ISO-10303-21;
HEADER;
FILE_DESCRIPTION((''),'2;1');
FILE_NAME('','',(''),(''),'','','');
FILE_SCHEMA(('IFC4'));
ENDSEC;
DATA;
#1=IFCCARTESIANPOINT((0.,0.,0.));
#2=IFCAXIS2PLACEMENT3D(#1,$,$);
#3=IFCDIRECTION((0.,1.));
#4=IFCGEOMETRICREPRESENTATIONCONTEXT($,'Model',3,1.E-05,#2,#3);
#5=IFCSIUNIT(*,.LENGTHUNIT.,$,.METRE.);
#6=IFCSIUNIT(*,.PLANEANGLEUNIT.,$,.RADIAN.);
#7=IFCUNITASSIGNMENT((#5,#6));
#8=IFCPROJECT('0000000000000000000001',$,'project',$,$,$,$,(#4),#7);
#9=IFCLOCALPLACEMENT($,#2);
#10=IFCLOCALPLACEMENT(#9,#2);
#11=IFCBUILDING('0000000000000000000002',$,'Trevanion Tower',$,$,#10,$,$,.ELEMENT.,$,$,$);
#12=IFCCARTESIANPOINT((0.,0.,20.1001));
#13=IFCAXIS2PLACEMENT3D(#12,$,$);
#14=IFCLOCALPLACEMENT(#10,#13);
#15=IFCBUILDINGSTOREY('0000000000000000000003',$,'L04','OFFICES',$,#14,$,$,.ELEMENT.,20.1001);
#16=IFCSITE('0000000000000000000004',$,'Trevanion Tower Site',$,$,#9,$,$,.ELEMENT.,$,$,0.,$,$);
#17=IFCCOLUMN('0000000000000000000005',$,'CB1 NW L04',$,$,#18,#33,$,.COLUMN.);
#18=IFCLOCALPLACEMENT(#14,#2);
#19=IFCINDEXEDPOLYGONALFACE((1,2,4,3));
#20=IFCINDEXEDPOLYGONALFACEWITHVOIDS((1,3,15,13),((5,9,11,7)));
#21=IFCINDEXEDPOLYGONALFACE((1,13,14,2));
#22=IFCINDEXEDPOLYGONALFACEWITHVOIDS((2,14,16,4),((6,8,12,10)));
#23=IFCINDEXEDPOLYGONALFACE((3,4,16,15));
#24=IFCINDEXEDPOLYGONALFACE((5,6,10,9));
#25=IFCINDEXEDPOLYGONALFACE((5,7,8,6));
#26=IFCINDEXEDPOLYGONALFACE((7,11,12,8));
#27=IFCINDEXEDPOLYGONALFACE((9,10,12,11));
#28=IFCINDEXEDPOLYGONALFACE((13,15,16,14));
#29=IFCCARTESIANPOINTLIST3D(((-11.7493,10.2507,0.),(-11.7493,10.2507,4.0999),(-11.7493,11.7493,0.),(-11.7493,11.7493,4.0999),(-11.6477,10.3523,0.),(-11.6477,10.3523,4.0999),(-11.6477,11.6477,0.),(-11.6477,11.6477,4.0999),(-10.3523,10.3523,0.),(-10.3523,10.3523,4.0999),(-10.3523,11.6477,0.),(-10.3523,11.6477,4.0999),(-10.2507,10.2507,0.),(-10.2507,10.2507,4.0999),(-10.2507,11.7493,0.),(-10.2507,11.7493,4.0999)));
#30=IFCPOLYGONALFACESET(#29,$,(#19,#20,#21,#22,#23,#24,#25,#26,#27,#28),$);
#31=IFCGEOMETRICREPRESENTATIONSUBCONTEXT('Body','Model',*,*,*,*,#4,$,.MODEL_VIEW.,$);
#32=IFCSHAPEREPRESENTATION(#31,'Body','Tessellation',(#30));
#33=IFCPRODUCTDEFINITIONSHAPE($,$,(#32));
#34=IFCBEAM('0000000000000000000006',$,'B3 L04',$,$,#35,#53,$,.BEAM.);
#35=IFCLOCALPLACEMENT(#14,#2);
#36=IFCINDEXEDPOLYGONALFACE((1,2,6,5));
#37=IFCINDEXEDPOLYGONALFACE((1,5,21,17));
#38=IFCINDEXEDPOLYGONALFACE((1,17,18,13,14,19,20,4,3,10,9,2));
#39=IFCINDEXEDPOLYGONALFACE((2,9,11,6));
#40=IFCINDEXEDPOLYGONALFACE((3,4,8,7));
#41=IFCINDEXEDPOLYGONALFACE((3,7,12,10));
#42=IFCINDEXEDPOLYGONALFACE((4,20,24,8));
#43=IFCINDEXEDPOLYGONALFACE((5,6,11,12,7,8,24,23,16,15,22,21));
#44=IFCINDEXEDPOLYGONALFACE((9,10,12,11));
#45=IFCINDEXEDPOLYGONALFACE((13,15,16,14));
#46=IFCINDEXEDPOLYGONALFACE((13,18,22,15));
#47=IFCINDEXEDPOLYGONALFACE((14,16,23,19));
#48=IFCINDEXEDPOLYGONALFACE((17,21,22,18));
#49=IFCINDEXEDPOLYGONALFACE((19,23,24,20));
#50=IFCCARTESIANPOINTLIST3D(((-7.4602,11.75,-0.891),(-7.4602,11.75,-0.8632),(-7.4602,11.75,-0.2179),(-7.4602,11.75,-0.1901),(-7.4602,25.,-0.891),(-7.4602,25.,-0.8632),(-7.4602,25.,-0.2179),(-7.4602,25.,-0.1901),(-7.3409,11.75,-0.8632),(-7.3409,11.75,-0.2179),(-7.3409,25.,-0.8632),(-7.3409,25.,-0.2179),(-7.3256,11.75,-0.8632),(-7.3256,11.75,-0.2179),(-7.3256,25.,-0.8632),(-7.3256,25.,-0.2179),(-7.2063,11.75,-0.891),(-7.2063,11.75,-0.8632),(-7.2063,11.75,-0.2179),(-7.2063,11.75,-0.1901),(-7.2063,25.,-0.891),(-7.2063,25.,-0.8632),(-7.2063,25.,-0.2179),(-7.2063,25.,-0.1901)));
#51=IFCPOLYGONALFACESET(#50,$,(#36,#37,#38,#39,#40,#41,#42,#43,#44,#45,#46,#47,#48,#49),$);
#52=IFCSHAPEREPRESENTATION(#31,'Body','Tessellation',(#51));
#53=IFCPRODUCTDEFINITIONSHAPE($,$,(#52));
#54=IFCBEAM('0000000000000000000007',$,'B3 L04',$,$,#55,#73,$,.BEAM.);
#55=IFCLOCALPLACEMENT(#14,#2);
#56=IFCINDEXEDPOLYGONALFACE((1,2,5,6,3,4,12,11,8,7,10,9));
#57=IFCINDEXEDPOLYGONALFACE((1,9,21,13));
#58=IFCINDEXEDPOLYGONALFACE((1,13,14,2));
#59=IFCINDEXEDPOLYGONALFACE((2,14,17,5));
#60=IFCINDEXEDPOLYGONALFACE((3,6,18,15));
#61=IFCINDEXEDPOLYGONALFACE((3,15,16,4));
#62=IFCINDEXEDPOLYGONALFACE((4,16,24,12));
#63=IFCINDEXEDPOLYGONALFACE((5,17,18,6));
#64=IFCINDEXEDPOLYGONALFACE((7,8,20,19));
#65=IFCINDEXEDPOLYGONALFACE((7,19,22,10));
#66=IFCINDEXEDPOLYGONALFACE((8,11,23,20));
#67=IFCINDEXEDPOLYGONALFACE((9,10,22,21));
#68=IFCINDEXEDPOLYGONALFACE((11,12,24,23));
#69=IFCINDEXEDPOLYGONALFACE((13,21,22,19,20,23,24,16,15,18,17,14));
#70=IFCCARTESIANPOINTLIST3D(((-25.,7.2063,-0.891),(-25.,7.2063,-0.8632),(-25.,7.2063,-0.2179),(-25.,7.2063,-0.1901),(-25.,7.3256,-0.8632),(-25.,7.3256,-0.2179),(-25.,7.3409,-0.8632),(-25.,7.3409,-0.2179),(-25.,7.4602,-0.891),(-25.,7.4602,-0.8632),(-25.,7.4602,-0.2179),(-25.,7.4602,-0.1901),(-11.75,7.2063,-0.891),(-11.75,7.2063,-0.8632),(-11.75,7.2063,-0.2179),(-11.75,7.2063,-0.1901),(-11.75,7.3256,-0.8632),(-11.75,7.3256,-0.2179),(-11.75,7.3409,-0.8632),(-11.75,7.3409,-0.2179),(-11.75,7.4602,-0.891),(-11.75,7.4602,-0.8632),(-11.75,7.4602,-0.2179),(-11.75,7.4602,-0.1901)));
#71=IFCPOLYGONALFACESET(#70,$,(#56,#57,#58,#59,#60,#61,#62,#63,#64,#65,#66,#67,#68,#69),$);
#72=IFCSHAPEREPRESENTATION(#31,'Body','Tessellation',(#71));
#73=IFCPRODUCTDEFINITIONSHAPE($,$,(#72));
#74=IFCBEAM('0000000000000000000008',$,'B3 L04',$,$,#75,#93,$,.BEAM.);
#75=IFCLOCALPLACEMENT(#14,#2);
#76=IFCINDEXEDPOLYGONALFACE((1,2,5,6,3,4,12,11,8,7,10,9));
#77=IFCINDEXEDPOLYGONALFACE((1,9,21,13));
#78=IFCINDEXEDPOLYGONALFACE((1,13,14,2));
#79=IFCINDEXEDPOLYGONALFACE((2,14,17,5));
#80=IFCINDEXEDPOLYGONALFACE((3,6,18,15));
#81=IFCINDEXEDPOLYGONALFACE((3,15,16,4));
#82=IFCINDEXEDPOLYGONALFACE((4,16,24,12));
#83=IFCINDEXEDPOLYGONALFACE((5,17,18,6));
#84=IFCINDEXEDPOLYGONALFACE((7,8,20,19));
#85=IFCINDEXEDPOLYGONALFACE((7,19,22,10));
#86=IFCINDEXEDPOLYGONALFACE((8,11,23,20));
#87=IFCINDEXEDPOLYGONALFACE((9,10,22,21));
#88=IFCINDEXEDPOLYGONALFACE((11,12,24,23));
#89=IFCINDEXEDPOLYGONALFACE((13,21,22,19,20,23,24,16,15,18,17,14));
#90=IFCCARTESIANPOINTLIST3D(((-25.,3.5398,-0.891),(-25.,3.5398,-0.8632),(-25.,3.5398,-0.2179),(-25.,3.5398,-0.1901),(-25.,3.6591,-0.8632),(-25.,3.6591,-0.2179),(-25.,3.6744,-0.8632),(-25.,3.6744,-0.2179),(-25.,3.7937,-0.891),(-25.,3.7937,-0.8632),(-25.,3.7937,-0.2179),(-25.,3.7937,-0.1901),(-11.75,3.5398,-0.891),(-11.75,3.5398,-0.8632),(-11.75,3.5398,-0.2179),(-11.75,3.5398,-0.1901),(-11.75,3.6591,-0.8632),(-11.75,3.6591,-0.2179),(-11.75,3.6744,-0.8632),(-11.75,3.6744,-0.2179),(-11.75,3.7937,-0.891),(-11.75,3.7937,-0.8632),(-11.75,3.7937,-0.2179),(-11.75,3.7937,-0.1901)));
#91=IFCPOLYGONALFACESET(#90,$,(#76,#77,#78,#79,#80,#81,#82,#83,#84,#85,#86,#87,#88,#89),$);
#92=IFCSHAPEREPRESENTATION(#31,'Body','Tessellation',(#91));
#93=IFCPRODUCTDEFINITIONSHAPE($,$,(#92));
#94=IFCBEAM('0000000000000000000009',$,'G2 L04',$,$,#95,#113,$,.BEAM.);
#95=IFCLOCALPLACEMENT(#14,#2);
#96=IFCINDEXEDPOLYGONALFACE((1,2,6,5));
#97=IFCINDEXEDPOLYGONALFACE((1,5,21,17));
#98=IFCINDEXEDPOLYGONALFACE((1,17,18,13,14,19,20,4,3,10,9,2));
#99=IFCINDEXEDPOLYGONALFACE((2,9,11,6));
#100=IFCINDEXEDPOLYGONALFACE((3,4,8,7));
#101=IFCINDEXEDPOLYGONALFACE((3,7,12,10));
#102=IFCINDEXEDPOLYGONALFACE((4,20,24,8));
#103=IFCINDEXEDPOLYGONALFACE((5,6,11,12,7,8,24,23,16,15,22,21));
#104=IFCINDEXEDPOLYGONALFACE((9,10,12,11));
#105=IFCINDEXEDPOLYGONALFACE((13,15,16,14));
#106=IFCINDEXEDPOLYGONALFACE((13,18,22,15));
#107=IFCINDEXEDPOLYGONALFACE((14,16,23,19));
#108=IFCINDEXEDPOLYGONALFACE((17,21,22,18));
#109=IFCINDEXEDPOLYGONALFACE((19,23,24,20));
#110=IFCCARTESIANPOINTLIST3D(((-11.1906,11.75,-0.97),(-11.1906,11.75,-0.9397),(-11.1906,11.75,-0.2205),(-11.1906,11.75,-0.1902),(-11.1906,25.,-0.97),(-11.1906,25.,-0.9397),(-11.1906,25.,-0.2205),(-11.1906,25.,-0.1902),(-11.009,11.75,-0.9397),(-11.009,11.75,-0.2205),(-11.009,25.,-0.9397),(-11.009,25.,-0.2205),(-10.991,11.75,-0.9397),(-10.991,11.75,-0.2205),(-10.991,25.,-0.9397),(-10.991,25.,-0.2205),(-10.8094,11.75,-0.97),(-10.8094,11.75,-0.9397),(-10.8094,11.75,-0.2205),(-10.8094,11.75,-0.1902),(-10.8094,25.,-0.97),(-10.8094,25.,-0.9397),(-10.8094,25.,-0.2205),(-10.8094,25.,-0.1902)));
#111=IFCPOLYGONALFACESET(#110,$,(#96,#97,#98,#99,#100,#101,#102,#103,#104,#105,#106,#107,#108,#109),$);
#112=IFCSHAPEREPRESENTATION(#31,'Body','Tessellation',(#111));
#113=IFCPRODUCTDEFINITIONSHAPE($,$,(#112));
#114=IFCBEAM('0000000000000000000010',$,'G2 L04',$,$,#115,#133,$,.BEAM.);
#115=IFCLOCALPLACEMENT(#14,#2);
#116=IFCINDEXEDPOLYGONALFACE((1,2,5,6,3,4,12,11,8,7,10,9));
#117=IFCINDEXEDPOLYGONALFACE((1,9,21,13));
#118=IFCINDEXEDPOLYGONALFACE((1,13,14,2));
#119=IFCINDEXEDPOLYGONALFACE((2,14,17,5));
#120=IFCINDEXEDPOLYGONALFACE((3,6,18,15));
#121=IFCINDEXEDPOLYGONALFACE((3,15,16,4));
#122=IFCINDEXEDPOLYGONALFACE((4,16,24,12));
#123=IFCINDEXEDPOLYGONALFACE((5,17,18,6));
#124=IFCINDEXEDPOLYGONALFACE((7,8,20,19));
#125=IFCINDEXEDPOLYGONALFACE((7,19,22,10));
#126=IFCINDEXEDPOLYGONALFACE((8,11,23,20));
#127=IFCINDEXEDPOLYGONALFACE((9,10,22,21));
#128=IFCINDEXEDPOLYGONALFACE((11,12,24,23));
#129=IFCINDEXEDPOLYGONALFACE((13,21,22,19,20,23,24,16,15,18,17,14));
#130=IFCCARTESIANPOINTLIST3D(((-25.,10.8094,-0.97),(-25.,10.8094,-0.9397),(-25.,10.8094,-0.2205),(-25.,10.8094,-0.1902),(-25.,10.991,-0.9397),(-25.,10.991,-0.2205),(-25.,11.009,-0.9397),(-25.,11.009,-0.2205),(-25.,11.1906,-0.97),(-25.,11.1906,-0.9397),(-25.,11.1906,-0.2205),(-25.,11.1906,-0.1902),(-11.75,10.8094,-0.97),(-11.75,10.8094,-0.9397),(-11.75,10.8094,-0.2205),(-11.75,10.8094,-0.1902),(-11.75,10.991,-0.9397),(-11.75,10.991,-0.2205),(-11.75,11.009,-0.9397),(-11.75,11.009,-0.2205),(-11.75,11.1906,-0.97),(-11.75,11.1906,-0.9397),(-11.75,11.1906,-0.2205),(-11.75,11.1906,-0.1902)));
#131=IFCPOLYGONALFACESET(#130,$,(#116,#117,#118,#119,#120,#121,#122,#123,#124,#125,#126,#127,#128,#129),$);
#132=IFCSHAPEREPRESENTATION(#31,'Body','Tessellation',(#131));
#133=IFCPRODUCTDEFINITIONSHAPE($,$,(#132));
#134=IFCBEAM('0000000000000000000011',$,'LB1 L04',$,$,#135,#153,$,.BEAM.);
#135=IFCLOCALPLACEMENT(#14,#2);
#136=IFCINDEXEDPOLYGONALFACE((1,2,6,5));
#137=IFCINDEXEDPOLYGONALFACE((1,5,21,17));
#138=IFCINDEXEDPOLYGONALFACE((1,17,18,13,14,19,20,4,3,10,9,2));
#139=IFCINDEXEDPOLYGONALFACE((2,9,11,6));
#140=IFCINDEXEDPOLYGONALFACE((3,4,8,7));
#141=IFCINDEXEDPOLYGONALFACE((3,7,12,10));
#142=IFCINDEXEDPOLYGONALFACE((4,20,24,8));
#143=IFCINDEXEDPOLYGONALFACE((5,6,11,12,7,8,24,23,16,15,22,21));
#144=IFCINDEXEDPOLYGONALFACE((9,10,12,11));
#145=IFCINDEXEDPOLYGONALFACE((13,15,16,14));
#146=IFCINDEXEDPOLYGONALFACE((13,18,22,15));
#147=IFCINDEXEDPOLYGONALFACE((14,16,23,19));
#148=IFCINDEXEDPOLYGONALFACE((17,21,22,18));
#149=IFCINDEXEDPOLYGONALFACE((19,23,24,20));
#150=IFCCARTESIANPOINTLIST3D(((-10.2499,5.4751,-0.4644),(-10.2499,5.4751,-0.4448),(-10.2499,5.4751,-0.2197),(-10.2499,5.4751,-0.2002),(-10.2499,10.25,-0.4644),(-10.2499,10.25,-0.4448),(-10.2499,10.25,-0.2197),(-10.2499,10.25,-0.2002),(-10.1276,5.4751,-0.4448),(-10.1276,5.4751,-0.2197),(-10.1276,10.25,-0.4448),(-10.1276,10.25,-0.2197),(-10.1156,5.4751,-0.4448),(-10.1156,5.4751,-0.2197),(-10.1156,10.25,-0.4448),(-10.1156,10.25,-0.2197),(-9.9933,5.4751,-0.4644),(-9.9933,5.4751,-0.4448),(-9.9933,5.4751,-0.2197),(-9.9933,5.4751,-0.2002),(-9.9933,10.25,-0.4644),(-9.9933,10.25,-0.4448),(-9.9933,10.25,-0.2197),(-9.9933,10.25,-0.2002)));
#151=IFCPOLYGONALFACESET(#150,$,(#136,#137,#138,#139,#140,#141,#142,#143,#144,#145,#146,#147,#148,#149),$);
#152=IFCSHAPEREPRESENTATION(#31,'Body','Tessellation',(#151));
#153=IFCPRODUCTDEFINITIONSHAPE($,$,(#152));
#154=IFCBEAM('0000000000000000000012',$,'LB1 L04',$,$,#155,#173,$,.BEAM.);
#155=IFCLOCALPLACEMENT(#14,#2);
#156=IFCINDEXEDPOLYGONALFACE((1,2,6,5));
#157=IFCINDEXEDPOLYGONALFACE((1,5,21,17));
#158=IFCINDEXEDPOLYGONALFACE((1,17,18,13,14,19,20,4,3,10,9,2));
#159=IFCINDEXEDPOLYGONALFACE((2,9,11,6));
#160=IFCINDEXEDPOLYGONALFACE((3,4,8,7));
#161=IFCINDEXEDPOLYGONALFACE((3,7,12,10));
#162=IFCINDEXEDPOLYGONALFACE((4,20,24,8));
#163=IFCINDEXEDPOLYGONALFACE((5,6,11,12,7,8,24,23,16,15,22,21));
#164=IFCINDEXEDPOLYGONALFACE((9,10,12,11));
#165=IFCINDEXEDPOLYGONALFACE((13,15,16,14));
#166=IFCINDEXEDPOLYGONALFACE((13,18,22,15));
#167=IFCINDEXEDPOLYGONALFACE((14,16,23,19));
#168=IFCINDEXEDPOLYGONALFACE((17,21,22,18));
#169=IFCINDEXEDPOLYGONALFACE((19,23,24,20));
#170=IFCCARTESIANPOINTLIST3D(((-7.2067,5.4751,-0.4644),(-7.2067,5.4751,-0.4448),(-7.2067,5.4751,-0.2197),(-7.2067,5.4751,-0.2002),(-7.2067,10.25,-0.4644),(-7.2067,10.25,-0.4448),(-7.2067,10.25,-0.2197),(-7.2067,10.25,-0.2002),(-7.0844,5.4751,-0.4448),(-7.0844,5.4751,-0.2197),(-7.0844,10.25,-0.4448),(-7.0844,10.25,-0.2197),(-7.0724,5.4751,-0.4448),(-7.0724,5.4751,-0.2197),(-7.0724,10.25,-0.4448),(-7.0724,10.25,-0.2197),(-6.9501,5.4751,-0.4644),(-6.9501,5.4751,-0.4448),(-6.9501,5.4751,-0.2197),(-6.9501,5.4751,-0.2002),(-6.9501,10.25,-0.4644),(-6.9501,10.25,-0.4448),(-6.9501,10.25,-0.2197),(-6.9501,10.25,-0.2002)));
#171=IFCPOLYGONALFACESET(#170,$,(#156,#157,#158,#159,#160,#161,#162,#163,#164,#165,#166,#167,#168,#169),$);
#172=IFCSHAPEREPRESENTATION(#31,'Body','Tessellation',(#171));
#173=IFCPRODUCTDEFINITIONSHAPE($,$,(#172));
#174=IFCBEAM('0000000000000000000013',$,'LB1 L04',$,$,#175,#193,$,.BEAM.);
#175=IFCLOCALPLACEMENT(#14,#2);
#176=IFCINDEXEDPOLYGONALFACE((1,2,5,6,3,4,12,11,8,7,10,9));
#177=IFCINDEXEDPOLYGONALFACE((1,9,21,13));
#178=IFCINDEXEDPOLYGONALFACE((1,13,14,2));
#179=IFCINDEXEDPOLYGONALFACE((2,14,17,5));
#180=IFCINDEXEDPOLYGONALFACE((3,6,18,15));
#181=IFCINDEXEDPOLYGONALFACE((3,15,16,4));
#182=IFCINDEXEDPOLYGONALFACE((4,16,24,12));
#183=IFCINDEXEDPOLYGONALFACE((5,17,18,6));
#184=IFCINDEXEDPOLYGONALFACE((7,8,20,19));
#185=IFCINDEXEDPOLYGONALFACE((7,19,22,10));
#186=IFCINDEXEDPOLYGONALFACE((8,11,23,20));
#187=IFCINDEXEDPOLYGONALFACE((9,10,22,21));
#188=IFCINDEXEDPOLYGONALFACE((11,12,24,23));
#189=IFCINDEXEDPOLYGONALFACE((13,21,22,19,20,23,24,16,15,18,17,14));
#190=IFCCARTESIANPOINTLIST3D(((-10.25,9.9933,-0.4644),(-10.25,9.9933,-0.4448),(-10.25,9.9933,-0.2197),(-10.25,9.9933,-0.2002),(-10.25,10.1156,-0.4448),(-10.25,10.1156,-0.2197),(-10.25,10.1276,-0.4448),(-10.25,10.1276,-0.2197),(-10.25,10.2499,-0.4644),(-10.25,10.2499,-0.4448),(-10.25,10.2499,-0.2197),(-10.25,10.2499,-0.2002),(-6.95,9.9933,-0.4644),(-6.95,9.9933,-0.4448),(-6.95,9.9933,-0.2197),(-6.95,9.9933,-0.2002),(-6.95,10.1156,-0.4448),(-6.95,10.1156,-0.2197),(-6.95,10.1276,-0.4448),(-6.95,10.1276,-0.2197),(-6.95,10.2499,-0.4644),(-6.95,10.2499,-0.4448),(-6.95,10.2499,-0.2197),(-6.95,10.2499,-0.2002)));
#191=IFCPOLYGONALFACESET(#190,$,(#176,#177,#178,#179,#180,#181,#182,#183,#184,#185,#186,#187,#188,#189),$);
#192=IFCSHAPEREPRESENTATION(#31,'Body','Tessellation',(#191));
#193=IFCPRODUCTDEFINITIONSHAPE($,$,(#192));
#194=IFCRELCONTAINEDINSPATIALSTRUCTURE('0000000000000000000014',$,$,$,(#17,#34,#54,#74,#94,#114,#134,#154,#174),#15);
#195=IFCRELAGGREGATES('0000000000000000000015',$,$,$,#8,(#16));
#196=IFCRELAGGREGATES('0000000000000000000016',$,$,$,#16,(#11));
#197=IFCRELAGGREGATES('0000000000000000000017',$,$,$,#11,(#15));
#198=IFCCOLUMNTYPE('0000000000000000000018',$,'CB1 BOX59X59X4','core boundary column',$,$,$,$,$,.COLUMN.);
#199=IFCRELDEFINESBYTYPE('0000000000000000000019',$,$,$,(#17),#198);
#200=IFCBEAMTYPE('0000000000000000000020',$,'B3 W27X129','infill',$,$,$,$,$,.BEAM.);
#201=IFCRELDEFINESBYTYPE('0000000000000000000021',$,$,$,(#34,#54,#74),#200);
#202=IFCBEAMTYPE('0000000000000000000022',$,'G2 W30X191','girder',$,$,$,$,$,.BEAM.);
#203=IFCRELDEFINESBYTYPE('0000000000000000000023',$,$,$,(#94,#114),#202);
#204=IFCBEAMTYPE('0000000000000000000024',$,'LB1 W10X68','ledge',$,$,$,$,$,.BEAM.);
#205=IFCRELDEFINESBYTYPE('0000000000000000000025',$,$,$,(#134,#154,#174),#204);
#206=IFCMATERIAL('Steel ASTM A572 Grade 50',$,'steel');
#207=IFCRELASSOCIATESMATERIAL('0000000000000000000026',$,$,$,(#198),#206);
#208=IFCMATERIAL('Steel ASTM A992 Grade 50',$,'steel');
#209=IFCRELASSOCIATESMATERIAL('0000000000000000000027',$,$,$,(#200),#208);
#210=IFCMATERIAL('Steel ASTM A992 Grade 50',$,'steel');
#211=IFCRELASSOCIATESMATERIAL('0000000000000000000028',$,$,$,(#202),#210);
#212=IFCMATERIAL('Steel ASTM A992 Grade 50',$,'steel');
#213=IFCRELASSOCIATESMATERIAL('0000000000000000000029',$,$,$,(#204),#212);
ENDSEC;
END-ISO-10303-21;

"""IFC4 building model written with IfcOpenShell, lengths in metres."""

from ifc_helpers import new_model, si_unit, direction, frame, origin, origin_2d, place, context, subcontext, project, spatial, hollow_rectangle, i_section, extrude, material, material_profile, profile_set, type_object, element, save


model = new_model("IFC4")

# Units and contexts
model_context = context("Model", 3, precision=1e-05, world=origin(), true_north=direction((0.0, 1.0)))
body_context = subcontext(model_context, "Body", "Model", "MODEL_VIEW")
ifc_project = project(units=[si_unit("LENGTHUNIT", "METRE"), si_unit("PLANEANGLEUNIT", "RADIAN")], contexts=[model_context])

# Site, building, storey
site_placement = place(None, origin())
site = spatial("IfcSite", under=ifc_project, at=site_placement, Name="Trevanion Tower Site", CompositionType="ELEMENT", RefElevation=0.0)
building_placement = place(site_placement, origin())
building = spatial("IfcBuilding", under=site, at=building_placement, Name="Trevanion Tower", CompositionType="ELEMENT")
storey_placement = place(building_placement, frame((0.0, 0.0, 20.1001)))
storey = spatial("IfcBuildingStorey", under=building, at=storey_placement, Name="L04", Description="OFFICES", CompositionType="ELEMENT", Elevation=20.1001)

# Column
ifc_material_1 = material(Name="Steel ASTM A572 Grade 50", Category="steel")
ifc_material_profile_1 = material_profile(ifc_material_1, hollow_rectangle(XDim=1.4985, YDim=1.4985, WallThickness=0.1016, at=origin_2d()), Name="BOX59X59X4")
ifc_profile_set_1 = profile_set([ifc_material_profile_1], Name="Steel ASTM A572 Grade 50")
column_type = type_object("IfcColumnType", Name="CB1 BOX59X59X4", Description="core boundary column", PredefinedType="COLUMN", material=ifc_profile_set_1)
column_placement = place(storey_placement, frame((-11.0, 11.0, 0.0), z_axis=(0.0, 0.0, 1.0), x_axis=(1.0, 0.0, 0.0)))
element("IfcColumn", 1, at=column_placement, inside=storey, type_object=column_type, Name="CB1 NW L04", PredefinedType="COLUMN", context=body_context, shape_type="SweptSolid", body=[
    extrude(hollow_rectangle(XDim=1.4985, YDim=1.4985, WallThickness=0.1016, at=origin_2d()), origin(), (0.0, 0.0, 1.0), 4.0999),
])

# Beams
ifc_material_2 = material(Name="Steel ASTM A992 Grade 50", Category="steel")
ifc_material_profile_2 = material_profile(ifc_material_2, i_section(OverallWidth=0.2539, OverallDepth=0.7009, WebThickness=0.0154, FlangeThickness=0.0278, at=origin_2d()), Name="W27X129")
ifc_profile_set_2 = profile_set([ifc_material_profile_2], Name="Steel ASTM A992 Grade 50")
beam_type_1 = type_object("IfcBeamType", Name="B3 W27X129", Description="infill", PredefinedType="BEAM", material=ifc_profile_set_2)
for number, where, z_axis, x_axis, name in (
    (2, (-7.3333, 11.75, -0.5405), (0.0, 1.0, 0.0), (-1.0, 0.0, 0.0), "B3 L04"),
    (3, (-11.75, 7.3333, -0.5405), (-1.0, 0.0, 0.0), (0.0, -1.0, 0.0), "B3 L04"),
    (4, (-11.75, 3.6667, -0.5405), (-1.0, 0.0, 0.0), (0.0, -1.0, 0.0), "B3 L04"),
):
    element("IfcBeam", number, at=place(storey_placement, frame(where, z_axis=z_axis, x_axis=x_axis)), inside=storey, type_object=beam_type_1, Name=name, PredefinedType="BEAM", context=body_context, shape_type="SweptSolid", body=[
        extrude(i_section(OverallWidth=0.2539, OverallDepth=0.7009, WebThickness=0.0154, FlangeThickness=0.0278, at=origin_2d()), origin(), (0.0, 0.0, 1.0), 13.25),
    ])
ifc_material_3 = material(Name="Steel ASTM A992 Grade 50", Category="steel")
ifc_material_profile_3 = material_profile(ifc_material_3, i_section(OverallWidth=0.3811, OverallDepth=0.7798, WebThickness=0.0181, FlangeThickness=0.0303, at=origin_2d()), Name="W30X191")
ifc_profile_set_3 = profile_set([ifc_material_profile_3], Name="Steel ASTM A992 Grade 50")
beam_type_2 = type_object("IfcBeamType", Name="G2 W30X191", Description="girder", PredefinedType="BEAM", material=ifc_profile_set_3)
for number, where, z_axis, x_axis, name in (
    (5, (-11.0, 11.75, -0.5801), (0.0, 1.0, 0.0), (-1.0, 0.0, 0.0), "G2 L04"),
    (6, (-11.75, 11.0, -0.5801), (-1.0, 0.0, 0.0), (0.0, -1.0, 0.0), "G2 L04"),
):
    element("IfcBeam", number, at=place(storey_placement, frame(where, z_axis=z_axis, x_axis=x_axis)), inside=storey, type_object=beam_type_2, Name=name, PredefinedType="BEAM", context=body_context, shape_type="SweptSolid", body=[
        extrude(i_section(OverallWidth=0.3811, OverallDepth=0.7798, WebThickness=0.0181, FlangeThickness=0.0303, at=origin_2d()), origin(), (0.0, 0.0, 1.0), 13.25),
    ])
ifc_material_4 = material(Name="Steel ASTM A992 Grade 50", Category="steel")
ifc_material_profile_4 = material_profile(ifc_material_4, i_section(OverallWidth=0.2566, OverallDepth=0.2642, WebThickness=0.012, FlangeThickness=0.0195, at=origin_2d()), Name="W10X68")
ifc_profile_set_4 = profile_set([ifc_material_profile_4], Name="Steel ASTM A992 Grade 50")
beam_type_3 = type_object("IfcBeamType", Name="LB1 W10X68", Description="ledge", PredefinedType="BEAM", material=ifc_profile_set_4)
for number, where, z_axis, x_axis, name in (
    (7, (-10.1216, 5.4751, -0.3323), (0.0, 1.0, 0.0), (-1.0, 0.0, 0.0), "LB1 L04"),
    (8, (-7.0784, 5.4751, -0.3323), (0.0, 1.0, 0.0), (-1.0, 0.0, 0.0), "LB1 L04"),
):
    element("IfcBeam", number, at=place(storey_placement, frame(where, z_axis=z_axis, x_axis=x_axis)), inside=storey, type_object=beam_type_3, Name=name, PredefinedType="BEAM", context=body_context, shape_type="SweptSolid", body=[
        extrude(i_section(OverallWidth=0.2566, OverallDepth=0.2642, WebThickness=0.012, FlangeThickness=0.0195, at=origin_2d()), origin(), (0.0, 0.0, 1.0), 4.7749),
    ])
beam_placement = place(storey_placement, frame((-10.25, 10.1216, -0.3323), z_axis=(1.0, 0.0, 0.0), x_axis=(0.0, 1.0, 0.0)))
element("IfcBeam", 9, at=beam_placement, inside=storey, type_object=beam_type_3, Name="LB1 L04", PredefinedType="BEAM", context=body_context, shape_type="SweptSolid", body=[
    extrude(i_section(OverallWidth=0.2566, OverallDepth=0.2642, WebThickness=0.012, FlangeThickness=0.0195, at=origin_2d()), origin(), (0.0, 0.0, 1.0), 3.3),
])

save(model, "model.ifc")
